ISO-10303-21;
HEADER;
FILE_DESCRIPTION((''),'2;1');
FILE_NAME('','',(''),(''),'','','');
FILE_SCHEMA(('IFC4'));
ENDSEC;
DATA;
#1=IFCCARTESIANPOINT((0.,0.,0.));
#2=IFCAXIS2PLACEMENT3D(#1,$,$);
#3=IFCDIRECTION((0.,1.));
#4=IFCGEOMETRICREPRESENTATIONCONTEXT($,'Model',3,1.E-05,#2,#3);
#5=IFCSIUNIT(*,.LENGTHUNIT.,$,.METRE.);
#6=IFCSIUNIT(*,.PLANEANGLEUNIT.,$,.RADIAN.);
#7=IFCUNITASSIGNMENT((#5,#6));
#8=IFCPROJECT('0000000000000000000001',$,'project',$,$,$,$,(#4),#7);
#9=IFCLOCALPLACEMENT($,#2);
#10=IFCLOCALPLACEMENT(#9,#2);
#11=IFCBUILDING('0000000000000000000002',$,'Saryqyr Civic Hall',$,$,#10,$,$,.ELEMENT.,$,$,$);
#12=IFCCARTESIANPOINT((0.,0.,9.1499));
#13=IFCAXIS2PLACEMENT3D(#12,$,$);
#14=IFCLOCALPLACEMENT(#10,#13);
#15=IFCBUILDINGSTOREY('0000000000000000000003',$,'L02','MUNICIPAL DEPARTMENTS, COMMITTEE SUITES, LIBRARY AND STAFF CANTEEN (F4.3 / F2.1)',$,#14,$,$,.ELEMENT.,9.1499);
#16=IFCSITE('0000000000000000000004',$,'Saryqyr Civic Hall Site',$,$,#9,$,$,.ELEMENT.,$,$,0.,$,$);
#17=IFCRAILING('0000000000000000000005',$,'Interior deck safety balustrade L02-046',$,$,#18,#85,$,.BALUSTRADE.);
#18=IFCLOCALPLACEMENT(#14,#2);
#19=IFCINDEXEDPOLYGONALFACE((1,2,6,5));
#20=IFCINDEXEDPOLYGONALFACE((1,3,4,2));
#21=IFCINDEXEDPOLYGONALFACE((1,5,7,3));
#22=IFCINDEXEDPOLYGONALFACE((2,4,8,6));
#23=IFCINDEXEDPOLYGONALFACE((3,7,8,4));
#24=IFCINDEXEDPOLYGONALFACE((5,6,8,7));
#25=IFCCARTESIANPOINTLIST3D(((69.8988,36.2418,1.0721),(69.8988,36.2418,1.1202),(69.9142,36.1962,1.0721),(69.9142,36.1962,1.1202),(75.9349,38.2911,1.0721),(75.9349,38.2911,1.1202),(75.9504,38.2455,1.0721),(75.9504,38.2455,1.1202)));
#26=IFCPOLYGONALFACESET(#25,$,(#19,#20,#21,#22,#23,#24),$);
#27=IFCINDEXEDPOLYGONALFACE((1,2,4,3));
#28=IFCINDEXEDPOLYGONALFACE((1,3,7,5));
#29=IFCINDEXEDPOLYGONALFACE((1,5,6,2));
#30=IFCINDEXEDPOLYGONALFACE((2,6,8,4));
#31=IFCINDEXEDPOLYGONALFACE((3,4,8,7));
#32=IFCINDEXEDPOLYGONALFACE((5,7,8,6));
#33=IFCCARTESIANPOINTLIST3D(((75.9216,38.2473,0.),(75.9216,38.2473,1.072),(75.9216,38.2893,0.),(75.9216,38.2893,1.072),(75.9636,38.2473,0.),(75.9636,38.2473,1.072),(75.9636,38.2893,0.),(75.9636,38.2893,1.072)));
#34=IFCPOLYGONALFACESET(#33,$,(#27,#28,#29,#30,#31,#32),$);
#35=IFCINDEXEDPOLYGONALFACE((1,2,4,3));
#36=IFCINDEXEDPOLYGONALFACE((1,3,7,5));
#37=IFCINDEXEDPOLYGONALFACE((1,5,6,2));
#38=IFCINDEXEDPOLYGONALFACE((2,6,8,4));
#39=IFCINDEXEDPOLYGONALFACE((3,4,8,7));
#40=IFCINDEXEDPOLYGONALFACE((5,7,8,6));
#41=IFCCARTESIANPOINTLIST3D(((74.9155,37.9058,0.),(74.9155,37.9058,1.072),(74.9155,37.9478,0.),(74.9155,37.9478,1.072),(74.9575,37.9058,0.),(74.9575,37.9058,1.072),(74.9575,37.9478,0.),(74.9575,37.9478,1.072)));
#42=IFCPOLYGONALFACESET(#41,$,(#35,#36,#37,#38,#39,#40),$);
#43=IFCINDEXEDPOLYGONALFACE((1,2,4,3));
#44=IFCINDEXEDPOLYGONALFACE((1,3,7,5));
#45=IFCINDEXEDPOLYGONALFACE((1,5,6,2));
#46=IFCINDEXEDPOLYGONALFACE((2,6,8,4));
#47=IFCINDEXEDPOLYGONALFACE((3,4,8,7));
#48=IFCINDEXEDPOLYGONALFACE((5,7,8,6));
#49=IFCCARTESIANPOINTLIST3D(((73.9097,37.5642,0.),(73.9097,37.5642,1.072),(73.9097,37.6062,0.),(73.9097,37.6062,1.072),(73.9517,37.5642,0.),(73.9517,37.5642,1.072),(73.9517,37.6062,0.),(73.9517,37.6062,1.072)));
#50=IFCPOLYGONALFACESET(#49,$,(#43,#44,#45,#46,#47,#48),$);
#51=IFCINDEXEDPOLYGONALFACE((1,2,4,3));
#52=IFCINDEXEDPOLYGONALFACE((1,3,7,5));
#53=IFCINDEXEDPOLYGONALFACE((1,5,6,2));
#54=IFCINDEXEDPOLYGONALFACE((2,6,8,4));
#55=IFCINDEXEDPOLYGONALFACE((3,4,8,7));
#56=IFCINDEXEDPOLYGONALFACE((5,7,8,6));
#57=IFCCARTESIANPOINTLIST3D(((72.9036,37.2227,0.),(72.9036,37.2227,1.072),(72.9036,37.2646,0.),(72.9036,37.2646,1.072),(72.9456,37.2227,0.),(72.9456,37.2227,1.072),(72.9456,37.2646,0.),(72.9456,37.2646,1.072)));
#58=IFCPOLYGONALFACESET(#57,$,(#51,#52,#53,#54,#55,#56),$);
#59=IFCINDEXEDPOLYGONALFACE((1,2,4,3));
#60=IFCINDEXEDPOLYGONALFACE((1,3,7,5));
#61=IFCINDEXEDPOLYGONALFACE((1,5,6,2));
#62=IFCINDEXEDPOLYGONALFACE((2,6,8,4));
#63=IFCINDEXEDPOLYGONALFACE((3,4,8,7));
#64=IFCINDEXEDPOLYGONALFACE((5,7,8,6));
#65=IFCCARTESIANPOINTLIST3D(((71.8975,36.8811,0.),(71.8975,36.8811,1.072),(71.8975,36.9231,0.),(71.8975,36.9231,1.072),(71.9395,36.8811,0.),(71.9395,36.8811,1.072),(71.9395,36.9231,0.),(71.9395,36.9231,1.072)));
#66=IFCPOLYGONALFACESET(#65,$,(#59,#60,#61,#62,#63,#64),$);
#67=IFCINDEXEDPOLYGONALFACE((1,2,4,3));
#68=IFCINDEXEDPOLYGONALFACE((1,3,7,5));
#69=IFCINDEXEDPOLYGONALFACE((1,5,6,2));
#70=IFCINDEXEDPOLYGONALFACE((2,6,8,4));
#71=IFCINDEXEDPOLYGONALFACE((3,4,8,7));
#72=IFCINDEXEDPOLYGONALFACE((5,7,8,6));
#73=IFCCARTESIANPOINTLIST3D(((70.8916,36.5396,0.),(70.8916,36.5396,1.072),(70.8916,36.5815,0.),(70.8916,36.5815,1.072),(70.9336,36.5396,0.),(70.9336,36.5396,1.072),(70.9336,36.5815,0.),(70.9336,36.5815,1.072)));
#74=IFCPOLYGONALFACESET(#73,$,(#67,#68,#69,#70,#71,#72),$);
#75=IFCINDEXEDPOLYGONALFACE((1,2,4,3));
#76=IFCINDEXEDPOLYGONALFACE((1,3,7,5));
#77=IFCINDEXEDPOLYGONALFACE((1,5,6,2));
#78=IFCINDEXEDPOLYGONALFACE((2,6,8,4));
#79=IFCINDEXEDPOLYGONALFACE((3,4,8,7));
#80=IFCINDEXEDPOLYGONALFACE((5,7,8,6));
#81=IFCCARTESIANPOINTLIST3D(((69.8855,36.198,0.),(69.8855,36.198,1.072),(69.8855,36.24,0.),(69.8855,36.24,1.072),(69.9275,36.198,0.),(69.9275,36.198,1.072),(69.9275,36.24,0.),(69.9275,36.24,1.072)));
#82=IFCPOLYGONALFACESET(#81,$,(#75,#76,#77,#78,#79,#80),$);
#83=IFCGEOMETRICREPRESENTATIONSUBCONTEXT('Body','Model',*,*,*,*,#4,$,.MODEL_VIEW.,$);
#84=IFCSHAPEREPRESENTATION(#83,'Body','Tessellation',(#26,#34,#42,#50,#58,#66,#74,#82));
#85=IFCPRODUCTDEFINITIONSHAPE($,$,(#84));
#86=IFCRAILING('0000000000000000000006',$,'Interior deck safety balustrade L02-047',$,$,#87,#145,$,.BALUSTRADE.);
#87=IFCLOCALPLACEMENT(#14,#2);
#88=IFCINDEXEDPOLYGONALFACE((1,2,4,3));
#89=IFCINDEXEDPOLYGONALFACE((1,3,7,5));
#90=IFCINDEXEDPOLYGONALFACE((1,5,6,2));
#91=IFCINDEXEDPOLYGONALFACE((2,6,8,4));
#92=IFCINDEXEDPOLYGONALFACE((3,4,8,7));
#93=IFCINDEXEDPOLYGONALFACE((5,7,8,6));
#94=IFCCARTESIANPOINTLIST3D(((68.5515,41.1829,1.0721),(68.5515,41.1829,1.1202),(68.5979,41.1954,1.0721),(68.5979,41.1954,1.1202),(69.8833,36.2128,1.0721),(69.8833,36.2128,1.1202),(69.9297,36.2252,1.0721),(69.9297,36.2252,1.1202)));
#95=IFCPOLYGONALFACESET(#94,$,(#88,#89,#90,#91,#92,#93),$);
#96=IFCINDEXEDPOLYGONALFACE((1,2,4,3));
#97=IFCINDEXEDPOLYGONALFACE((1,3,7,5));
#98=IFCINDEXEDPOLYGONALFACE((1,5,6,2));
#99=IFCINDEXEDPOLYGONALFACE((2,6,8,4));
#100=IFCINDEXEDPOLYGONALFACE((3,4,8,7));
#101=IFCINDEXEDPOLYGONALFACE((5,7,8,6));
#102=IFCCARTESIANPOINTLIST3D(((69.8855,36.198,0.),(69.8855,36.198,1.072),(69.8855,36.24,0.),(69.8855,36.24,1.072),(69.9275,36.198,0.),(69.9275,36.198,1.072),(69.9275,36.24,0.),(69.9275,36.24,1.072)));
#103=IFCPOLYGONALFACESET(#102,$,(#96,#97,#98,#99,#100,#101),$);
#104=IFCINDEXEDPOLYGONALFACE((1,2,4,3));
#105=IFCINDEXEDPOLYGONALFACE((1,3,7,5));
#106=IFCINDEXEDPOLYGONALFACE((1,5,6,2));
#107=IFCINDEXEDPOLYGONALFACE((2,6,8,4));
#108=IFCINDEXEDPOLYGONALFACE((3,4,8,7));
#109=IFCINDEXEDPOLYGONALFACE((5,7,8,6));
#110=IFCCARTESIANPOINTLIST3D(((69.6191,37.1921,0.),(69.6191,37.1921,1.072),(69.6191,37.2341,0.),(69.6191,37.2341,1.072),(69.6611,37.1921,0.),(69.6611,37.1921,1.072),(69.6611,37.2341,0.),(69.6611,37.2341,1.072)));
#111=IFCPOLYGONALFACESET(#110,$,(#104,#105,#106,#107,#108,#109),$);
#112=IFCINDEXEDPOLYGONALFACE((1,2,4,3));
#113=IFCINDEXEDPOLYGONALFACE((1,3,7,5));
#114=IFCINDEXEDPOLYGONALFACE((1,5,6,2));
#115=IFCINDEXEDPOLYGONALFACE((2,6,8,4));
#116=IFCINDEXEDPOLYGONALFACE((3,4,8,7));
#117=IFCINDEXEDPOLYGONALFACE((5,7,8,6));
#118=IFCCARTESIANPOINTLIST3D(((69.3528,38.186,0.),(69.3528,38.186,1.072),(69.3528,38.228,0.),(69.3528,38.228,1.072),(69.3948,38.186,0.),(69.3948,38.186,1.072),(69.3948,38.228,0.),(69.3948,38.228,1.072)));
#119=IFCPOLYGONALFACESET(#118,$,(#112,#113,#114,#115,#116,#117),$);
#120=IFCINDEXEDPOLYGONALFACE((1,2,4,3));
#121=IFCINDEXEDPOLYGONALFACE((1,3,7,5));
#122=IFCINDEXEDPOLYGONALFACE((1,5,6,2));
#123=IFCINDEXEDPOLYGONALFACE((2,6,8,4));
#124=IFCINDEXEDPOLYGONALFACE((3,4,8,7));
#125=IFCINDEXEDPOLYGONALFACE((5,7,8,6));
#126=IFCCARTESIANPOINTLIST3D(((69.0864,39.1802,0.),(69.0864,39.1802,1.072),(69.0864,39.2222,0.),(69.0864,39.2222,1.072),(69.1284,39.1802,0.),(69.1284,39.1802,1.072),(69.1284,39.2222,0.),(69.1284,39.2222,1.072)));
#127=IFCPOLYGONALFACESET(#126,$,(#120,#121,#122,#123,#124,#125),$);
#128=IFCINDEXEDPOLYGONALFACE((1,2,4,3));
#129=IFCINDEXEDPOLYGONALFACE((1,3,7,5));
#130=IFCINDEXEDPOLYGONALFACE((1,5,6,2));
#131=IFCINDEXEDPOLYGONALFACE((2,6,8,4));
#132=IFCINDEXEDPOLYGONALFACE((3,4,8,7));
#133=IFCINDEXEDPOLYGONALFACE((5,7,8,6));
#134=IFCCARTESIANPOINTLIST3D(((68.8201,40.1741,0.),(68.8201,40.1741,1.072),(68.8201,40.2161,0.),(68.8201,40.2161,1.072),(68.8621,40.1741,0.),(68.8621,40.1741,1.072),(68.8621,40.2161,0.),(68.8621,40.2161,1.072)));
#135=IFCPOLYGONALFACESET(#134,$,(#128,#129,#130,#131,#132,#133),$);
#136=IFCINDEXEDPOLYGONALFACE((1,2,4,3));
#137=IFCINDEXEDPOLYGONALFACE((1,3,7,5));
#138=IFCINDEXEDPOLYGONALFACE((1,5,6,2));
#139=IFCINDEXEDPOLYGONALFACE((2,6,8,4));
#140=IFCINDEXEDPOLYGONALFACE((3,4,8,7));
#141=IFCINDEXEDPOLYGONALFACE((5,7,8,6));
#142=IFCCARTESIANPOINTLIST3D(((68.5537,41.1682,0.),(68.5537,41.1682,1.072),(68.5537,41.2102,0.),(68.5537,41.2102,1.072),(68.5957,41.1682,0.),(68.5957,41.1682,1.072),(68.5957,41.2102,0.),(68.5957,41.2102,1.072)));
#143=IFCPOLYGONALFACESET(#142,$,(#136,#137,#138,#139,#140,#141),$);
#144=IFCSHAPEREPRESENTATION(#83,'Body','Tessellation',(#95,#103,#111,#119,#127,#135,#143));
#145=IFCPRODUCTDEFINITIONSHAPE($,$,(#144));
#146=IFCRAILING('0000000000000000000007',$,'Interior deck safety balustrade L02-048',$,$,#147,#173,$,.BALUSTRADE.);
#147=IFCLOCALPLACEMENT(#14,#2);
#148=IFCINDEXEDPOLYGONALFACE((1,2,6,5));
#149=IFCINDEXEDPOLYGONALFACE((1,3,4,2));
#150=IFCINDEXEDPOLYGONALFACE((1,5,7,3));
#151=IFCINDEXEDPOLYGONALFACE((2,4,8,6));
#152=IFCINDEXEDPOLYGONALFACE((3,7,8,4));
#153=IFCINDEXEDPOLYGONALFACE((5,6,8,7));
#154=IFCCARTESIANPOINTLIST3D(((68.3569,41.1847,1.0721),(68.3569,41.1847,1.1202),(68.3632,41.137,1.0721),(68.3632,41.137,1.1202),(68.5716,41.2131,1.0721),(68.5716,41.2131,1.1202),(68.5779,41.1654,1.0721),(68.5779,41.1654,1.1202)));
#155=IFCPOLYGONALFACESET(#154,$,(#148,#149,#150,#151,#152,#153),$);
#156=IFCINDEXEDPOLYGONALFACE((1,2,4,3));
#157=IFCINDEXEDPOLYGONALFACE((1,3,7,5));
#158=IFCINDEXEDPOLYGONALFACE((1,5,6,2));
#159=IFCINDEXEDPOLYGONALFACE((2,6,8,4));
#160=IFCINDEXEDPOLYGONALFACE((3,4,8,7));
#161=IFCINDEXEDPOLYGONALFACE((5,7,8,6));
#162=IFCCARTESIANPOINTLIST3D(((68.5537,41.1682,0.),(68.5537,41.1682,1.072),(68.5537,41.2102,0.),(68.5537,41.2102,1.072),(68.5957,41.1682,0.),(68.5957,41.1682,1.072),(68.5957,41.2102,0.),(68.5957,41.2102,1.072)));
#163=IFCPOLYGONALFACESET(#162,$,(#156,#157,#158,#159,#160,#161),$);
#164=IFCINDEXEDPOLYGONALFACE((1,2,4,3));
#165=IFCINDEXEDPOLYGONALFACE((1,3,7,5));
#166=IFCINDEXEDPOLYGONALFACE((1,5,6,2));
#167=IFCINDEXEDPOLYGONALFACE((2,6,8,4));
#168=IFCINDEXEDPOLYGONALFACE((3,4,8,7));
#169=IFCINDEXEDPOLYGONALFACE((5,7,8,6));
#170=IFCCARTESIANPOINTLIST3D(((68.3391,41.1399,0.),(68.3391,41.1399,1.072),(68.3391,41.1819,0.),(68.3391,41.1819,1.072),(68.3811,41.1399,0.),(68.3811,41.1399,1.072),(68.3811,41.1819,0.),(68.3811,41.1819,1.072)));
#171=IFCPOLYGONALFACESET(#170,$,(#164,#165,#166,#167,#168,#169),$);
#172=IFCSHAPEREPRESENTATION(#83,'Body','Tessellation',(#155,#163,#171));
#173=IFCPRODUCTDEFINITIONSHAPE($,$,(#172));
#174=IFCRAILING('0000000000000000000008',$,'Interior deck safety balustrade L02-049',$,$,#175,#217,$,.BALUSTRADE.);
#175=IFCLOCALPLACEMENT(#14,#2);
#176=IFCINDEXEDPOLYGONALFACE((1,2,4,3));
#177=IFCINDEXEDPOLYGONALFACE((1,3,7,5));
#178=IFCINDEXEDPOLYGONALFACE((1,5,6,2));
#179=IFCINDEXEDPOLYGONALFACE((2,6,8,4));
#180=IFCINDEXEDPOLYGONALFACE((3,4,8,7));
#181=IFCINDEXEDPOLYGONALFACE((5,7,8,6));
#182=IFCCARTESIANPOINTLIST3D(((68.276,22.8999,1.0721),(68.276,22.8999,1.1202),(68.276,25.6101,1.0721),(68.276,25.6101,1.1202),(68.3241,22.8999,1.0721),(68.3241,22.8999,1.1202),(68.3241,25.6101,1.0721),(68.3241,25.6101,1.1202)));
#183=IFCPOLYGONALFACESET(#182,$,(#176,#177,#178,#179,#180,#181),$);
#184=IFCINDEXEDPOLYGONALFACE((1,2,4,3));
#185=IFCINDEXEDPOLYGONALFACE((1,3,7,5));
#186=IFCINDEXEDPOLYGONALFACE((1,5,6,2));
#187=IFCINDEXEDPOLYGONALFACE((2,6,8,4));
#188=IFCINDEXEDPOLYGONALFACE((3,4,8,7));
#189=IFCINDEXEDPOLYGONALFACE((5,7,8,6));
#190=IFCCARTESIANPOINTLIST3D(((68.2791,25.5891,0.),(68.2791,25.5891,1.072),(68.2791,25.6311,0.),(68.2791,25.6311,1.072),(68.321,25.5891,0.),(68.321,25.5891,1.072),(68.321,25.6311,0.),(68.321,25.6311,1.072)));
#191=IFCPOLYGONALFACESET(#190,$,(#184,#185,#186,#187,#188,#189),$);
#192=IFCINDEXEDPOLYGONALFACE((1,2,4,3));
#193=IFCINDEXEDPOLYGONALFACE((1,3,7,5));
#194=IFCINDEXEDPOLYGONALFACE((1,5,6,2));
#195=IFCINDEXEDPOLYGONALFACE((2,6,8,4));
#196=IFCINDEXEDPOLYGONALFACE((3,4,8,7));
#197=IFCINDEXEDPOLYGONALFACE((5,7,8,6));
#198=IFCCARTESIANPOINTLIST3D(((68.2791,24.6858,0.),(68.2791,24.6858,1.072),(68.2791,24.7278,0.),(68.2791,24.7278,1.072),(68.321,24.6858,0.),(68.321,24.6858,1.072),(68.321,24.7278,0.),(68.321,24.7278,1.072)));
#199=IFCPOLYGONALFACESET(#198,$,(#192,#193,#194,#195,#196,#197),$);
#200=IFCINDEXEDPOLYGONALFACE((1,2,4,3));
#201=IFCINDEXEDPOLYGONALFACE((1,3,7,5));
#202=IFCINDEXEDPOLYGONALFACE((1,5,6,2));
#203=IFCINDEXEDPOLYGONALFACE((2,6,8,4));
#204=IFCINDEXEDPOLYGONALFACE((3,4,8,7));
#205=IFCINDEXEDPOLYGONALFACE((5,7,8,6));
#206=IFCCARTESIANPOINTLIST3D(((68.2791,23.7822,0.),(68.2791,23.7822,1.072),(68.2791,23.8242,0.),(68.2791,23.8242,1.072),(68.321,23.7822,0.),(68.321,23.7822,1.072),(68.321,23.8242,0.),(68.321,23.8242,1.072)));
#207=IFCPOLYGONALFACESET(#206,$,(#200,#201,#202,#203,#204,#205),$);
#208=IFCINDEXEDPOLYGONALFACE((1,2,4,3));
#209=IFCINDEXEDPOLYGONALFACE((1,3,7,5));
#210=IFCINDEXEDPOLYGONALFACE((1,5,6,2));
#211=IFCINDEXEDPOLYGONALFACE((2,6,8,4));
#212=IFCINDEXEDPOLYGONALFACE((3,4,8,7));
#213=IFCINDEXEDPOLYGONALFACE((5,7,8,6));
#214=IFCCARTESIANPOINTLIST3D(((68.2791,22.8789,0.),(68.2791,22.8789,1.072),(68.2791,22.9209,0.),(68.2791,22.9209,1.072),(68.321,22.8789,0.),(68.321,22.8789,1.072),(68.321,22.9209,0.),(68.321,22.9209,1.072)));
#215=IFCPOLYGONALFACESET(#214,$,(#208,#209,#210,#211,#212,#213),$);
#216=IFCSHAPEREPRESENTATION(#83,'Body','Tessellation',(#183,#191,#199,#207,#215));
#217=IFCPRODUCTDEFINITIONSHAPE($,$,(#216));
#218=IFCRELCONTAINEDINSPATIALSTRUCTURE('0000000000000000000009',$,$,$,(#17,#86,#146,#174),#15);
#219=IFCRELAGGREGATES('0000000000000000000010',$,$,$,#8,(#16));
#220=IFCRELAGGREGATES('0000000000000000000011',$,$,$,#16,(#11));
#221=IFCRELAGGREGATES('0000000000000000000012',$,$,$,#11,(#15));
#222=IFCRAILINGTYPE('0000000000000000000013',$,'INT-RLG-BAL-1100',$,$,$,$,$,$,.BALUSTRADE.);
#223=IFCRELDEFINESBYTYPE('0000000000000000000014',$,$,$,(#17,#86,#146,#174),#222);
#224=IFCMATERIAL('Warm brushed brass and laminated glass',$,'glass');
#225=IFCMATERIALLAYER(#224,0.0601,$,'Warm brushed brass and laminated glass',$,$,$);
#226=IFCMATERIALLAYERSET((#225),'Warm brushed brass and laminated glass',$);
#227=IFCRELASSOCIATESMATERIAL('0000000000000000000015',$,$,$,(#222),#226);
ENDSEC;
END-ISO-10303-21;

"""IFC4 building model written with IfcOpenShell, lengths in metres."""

from ifc_helpers import new_model, si_unit, direction, frame, origin, origin_2d, place, context, subcontext, project, spatial, rectangle, extrude, material, layer, layer_set, type_object, element, save


model = new_model("IFC4")

# Units and contexts
model_context = context("Model", 3, precision=1e-05, world=origin(), true_north=direction((0.0, 1.0)))
body_context = subcontext(model_context, "Body", "Model", "MODEL_VIEW")
ifc_project = project(units=[si_unit("LENGTHUNIT", "METRE"), si_unit("PLANEANGLEUNIT", "RADIAN")], contexts=[model_context])

# Site, building, storey
site_placement = place(None, origin())
site = spatial("IfcSite", under=ifc_project, at=site_placement, Name="Saryqyr Civic Hall Site", CompositionType="ELEMENT", RefElevation=0.0)
building_placement = place(site_placement, origin())
building = spatial("IfcBuilding", under=site, at=building_placement, Name="Saryqyr Civic Hall", CompositionType="ELEMENT")
storey_placement = place(building_placement, frame((0.0, 0.0, 9.1499)))
storey = spatial("IfcBuildingStorey", under=building, at=storey_placement, Name="L02", Description="MUNICIPAL DEPARTMENTS, COMMITTEE SUITES, LIBRARY AND STAFF CANTEEN (F4.3 / F2.1)", CompositionType="ELEMENT", Elevation=9.1499)

# Railings
ifc_material_1 = material(Name="Warm brushed brass and laminated glass", Category="glass")
ifc_layer_1 = layer(ifc_material_1, 0.0601, Name="Warm brushed brass and laminated glass")
ifc_layer_set_1 = layer_set([ifc_layer_1], Name="Warm brushed brass and laminated glass")
railing_type = type_object("IfcRailingType", Name="INT-RLG-BAL-1100", PredefinedType="BALUSTRADE", material=ifc_layer_set_1)
railing_1_placement = place(storey_placement, frame((75.9426, 38.2683, 0.0)))
element("IfcRailing", 1, at=railing_1_placement, inside=storey, type_object=railing_type, Name="Interior deck safety balustrade L02-046", PredefinedType="BALUSTRADE", context=body_context, shape_type="SweptSolid", body=[
    extrude(rectangle(XDim=0.0481, YDim=0.0481, at=origin_2d()), frame((0.0, 0.0, 1.0962), z_axis=(-0.946915, -0.321485, 0.0), x_axis=(0.321485, -0.946915, 0.0)), (0.0, 0.0, 1.0), 6.3745),
    extrude(rectangle(XDim=0.042, YDim=0.042, at=origin_2d()), origin(), (0.0, 0.0, 1.0), 1.072),
    extrude(rectangle(XDim=0.042, YDim=0.042, at=origin_2d()), frame((-1.0061, -0.3416, 0.0)), (0.0, 0.0, 1.0), 1.072),
    extrude(rectangle(XDim=0.042, YDim=0.042, at=origin_2d()), frame((-2.012, -0.6831, 0.0)), (0.0, 0.0, 1.0), 1.072),
    extrude(rectangle(XDim=0.042, YDim=0.042, at=origin_2d()), frame((-3.0181, -1.0247, 0.0)), (0.0, 0.0, 1.0), 1.072),
    extrude(rectangle(XDim=0.042, YDim=0.042, at=origin_2d()), frame((-4.0242, -1.3662, 0.0)), (0.0, 0.0, 1.0), 1.072),
    extrude(rectangle(XDim=0.042, YDim=0.042, at=origin_2d()), frame((-5.03, -1.7078, 0.0)), (0.0, 0.0, 1.0), 1.072),
    extrude(rectangle(XDim=0.042, YDim=0.042, at=origin_2d()), frame((-6.0361, -2.0493, 0.0)), (0.0, 0.0, 1.0), 1.072),
])
railing_2_placement = place(storey_placement, frame((69.9065, 36.219, 0.0)))
element("IfcRailing", 2, at=railing_2_placement, inside=storey, type_object=railing_type, Name="Interior deck safety balustrade L02-047", PredefinedType="BALUSTRADE", context=body_context, shape_type="SweptSolid", body=[
    extrude(rectangle(XDim=0.0481, YDim=0.0481, at=origin_2d()), frame((0.0, 0.0, 1.0962), z_axis=(-0.258823, 0.965925, 0.0), x_axis=(-0.965925, -0.258823, 0.0)), (0.0, 0.0, 1.0), 5.1455),
    extrude(rectangle(XDim=0.042, YDim=0.042, at=origin_2d()), origin(), (0.0, 0.0, 1.0), 1.072),
    extrude(rectangle(XDim=0.042, YDim=0.042, at=origin_2d()), frame((-0.2664, 0.9941, 0.0)), (0.0, 0.0, 1.0), 1.072),
    extrude(rectangle(XDim=0.042, YDim=0.042, at=origin_2d()), frame((-0.5327, 1.988, 0.0)), (0.0, 0.0, 1.0), 1.072),
    extrude(rectangle(XDim=0.042, YDim=0.042, at=origin_2d()), frame((-0.7991, 2.9822, 0.0)), (0.0, 0.0, 1.0), 1.072),
    extrude(rectangle(XDim=0.042, YDim=0.042, at=origin_2d()), frame((-1.0654, 3.9761, 0.0)), (0.0, 0.0, 1.0), 1.072),
    extrude(rectangle(XDim=0.042, YDim=0.042, at=origin_2d()), frame((-1.3318, 4.9702, 0.0)), (0.0, 0.0, 1.0), 1.072),
])
railing_3_placement = place(storey_placement, frame((68.5747, 41.1892, 0.0)))
element("IfcRailing", 3, at=railing_3_placement, inside=storey, type_object=railing_type, Name="Interior deck safety balustrade L02-048", PredefinedType="BALUSTRADE", context=body_context, shape_type="SweptSolid", body=[
    extrude(rectangle(XDim=0.0481, YDim=0.0481, at=origin_2d()), frame((0.0, 0.0, 1.0962), z_axis=(-0.991404, -0.130834, 0.0), x_axis=(0.130834, -0.991404, 0.0)), (0.0, 0.0, 1.0), 0.2166),
    extrude(rectangle(XDim=0.042, YDim=0.042, at=origin_2d()), origin(), (0.0, 0.0, 1.0), 1.072),
    extrude(rectangle(XDim=0.042, YDim=0.042, at=origin_2d()), frame((-0.2146, -0.0283, 0.0)), (0.0, 0.0, 1.0), 1.072),
])
railing_4_placement = place(storey_placement, frame((68.3, 25.6101, 0.0)))
element("IfcRailing", 4, at=railing_4_placement, inside=storey, type_object=railing_type, Name="Interior deck safety balustrade L02-049", PredefinedType="BALUSTRADE", context=body_context, shape_type="SweptSolid", body=[
    extrude(rectangle(XDim=0.0481, YDim=0.0481, at=origin_2d()), frame((0.0, 0.0, 1.0962), z_axis=(0.0, -1.0, 0.0), x_axis=(1.0, 0.0, 0.0)), (0.0, 0.0, 1.0), 2.7102),
    extrude(rectangle(XDim=0.042, YDim=0.042, at=origin_2d()), origin(), (0.0, 0.0, 1.0), 1.072),
    extrude(rectangle(XDim=0.042, YDim=0.042, at=origin_2d()), frame((0.0, -0.9033, 0.0)), (0.0, 0.0, 1.0), 1.072),
    extrude(rectangle(XDim=0.042, YDim=0.042, at=origin_2d()), frame((0.0, -1.8069, 0.0)), (0.0, 0.0, 1.0), 1.072),
    extrude(rectangle(XDim=0.042, YDim=0.042, at=origin_2d()), frame((0.0, -2.7102, 0.0)), (0.0, 0.0, 1.0), 1.072),
])

save(model, "model.ifc")
